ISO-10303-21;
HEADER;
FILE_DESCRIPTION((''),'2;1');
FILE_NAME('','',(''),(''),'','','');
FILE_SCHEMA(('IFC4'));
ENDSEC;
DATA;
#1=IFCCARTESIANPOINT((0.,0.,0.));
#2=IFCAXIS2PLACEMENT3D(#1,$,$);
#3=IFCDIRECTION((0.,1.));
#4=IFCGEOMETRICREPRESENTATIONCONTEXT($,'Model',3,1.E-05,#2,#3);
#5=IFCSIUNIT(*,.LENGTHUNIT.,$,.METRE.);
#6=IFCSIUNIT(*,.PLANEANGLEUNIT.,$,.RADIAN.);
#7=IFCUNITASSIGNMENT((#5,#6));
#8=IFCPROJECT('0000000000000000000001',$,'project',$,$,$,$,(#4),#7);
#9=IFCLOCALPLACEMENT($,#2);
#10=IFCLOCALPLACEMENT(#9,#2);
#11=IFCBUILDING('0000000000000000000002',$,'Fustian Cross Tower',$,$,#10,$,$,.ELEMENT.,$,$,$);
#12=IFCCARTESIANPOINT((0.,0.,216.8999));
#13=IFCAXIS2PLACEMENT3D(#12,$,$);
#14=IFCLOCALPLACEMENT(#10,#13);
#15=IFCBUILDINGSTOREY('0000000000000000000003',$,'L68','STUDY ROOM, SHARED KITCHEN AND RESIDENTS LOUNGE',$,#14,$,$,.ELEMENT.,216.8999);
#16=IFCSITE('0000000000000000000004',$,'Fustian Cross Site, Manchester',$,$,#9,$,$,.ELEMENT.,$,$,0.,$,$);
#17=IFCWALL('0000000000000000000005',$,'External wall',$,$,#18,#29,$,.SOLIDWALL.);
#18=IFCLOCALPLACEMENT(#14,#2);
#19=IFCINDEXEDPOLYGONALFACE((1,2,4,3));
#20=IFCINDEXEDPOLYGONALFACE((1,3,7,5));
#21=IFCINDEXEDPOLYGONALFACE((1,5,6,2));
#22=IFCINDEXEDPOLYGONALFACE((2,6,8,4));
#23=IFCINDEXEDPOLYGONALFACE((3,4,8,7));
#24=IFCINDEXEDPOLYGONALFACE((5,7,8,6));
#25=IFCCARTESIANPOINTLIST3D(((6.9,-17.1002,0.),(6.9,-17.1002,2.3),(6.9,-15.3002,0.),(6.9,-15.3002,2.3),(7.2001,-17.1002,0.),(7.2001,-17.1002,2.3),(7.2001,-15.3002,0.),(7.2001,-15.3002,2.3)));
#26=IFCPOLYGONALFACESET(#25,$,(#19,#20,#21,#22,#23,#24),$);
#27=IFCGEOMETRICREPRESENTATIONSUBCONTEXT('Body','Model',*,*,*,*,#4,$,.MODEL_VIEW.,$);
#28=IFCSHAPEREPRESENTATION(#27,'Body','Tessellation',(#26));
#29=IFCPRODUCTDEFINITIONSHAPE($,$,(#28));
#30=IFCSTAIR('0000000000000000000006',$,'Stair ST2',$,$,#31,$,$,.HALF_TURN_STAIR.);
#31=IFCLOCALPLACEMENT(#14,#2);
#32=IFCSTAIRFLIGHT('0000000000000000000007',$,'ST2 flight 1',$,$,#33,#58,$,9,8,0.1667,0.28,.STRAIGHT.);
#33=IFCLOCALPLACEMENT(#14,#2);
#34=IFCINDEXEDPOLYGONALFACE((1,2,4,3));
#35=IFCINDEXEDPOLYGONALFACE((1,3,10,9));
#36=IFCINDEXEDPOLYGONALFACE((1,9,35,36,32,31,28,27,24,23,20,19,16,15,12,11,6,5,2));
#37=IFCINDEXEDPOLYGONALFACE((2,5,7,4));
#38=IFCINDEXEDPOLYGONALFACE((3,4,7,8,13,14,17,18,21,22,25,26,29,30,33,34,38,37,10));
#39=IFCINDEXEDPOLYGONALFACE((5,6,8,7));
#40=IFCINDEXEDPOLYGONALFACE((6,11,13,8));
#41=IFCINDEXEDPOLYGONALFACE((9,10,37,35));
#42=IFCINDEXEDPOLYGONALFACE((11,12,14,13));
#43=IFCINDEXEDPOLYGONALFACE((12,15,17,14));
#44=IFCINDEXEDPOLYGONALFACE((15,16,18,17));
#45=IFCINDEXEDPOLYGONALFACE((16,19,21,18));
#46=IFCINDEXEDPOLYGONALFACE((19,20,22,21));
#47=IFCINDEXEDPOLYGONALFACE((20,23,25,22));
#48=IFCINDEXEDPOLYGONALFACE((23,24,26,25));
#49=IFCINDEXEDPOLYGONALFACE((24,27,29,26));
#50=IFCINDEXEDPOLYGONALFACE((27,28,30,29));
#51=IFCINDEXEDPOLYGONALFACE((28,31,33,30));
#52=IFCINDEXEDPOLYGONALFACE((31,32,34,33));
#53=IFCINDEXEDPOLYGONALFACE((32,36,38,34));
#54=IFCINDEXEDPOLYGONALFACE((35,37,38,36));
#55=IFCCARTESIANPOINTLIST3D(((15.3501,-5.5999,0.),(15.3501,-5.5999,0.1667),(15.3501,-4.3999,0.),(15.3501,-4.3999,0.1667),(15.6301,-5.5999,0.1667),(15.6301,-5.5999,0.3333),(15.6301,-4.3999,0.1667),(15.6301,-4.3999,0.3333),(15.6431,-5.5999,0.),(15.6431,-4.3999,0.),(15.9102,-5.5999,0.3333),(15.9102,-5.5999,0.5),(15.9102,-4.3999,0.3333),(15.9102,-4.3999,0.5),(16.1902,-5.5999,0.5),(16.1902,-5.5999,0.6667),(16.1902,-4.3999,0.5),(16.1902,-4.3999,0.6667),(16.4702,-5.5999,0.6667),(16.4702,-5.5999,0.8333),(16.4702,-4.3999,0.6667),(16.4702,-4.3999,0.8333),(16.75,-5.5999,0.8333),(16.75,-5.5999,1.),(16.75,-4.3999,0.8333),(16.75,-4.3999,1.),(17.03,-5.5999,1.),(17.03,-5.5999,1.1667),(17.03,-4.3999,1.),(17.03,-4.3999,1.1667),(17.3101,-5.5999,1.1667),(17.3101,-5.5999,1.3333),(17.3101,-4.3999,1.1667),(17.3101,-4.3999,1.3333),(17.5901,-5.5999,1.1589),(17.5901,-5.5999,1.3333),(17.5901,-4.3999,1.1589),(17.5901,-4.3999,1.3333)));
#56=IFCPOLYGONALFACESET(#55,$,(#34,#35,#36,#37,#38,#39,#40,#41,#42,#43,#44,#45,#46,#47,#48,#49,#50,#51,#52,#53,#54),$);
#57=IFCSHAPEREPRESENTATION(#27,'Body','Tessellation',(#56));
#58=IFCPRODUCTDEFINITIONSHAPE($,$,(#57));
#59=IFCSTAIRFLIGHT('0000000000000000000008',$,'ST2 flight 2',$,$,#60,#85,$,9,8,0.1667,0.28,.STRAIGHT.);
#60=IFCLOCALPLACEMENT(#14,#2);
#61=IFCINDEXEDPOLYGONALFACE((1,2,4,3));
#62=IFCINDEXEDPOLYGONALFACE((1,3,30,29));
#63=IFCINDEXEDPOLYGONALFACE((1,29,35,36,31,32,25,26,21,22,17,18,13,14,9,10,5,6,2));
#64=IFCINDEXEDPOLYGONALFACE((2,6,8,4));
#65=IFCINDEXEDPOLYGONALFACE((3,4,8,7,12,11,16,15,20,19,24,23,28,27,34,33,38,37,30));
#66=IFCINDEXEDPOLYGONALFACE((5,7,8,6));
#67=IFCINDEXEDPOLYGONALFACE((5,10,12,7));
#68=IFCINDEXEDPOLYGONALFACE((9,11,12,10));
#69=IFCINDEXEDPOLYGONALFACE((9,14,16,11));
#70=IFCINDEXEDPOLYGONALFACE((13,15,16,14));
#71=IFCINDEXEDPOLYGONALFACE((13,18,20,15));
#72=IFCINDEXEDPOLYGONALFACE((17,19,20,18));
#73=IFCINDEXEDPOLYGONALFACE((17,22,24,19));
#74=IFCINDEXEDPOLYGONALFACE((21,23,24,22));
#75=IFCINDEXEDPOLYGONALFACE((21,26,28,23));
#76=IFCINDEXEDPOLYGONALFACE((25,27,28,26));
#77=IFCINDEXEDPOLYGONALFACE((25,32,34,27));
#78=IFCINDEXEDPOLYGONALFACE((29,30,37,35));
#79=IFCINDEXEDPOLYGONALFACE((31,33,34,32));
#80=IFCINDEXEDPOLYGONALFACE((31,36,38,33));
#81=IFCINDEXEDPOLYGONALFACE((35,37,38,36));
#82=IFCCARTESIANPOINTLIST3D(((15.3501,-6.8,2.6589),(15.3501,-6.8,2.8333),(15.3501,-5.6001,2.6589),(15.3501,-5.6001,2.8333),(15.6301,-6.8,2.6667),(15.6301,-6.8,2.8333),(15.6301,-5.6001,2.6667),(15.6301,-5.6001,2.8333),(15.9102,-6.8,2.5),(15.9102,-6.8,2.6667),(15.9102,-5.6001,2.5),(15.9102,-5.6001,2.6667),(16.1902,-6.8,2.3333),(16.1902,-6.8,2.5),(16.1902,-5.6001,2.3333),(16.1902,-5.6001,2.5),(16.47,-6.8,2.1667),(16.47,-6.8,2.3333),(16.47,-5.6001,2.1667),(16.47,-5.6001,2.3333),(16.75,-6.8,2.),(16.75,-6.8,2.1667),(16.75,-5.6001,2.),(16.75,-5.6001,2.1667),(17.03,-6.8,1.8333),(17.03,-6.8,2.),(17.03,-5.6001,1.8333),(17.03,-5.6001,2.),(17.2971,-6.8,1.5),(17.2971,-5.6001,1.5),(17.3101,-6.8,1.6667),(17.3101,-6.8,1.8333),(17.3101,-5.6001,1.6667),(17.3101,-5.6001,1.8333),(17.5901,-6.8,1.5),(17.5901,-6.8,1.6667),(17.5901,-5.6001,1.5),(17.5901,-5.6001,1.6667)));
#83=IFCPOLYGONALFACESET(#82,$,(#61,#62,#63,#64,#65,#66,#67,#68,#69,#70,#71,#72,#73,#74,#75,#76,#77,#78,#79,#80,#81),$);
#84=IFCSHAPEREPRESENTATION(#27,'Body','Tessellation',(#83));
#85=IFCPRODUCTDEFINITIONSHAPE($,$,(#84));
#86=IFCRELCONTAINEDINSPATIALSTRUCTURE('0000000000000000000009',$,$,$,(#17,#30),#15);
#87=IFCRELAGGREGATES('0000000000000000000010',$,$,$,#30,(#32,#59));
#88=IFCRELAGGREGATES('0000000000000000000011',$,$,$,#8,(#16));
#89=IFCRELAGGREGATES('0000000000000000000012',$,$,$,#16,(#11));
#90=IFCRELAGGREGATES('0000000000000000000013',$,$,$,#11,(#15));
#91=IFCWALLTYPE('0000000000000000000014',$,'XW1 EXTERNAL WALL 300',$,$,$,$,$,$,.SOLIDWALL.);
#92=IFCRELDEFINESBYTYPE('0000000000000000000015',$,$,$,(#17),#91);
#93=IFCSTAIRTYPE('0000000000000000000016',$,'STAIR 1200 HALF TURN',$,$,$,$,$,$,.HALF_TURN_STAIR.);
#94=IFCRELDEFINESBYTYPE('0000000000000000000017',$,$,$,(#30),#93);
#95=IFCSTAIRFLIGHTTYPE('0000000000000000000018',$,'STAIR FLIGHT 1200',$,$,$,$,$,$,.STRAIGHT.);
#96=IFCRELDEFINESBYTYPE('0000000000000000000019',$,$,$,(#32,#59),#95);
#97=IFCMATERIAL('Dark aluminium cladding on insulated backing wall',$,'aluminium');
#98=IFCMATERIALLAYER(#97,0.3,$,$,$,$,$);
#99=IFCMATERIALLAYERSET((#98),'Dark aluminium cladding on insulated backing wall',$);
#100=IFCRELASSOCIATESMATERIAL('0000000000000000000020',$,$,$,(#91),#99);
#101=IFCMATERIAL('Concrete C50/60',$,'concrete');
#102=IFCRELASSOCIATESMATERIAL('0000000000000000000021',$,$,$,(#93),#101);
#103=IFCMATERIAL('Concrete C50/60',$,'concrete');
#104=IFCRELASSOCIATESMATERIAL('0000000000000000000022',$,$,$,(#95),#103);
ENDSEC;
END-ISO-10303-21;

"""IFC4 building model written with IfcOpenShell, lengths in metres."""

from ifc_helpers import new_model, si_unit, direction, frame, frame_2d, origin, place, context, subcontext, project, spatial, polyline, rectangle, outline, extrude, material, layer, layer_set, type_object, element, aggregate, save


model = new_model("IFC4")

# Units and contexts
model_context = context("Model", 3, precision=1e-05, world=origin(), true_north=direction((0.0, 1.0)))
body_context = subcontext(model_context, "Body", "Model", "MODEL_VIEW")
ifc_project = project(units=[si_unit("LENGTHUNIT", "METRE"), si_unit("PLANEANGLEUNIT", "RADIAN")], contexts=[model_context])

# Site, building, storey
site_placement = place(None, origin())
site = spatial("IfcSite", under=ifc_project, at=site_placement, Name="Fustian Cross Site, Manchester", CompositionType="ELEMENT", RefElevation=0.0)
building_placement = place(site_placement, origin())
building = spatial("IfcBuilding", under=site, at=building_placement, Name="Fustian Cross Tower", CompositionType="ELEMENT")
storey_placement = place(building_placement, frame((0.0, 0.0, 216.8999)))
storey = spatial("IfcBuildingStorey", under=building, at=storey_placement, Name="L68", Description="STUDY ROOM, SHARED KITCHEN AND RESIDENTS LOUNGE", CompositionType="ELEMENT", Elevation=216.8999)

# Wall
ifc_material_1 = material(Name="Dark aluminium cladding on insulated backing wall", Category="aluminium")
ifc_layer_1 = layer(ifc_material_1, 0.3)
ifc_layer_set_1 = layer_set([ifc_layer_1], Name="Dark aluminium cladding on insulated backing wall")
wall_type_1 = type_object("IfcWallType", Name="XW1 EXTERNAL WALL 300", PredefinedType="SOLIDWALL", material=ifc_layer_set_1)
wall_1_placement = place(storey_placement, frame((7.05, -17.1001, 0.0), z_axis=(0.0, 0.0, 1.0), x_axis=(0.0, 1.0, 0.0)))
element("IfcWall", 1, at=wall_1_placement, inside=storey, type_object=wall_type_1, Name="External wall", PredefinedType="SOLIDWALL", context=body_context, shape_type="SweptSolid", body=[
    extrude(rectangle(XDim=1.8, YDim=0.3, at=frame_2d((0.8999, 0.0))), origin(), (0.0, 0.0, 1.0), 2.3),
])

# Stair, stair flights
ifc_material_2 = material(Name="Concrete C50/60", Category="concrete")
stair_type = type_object("IfcStairType", Name="STAIR 1200 HALF TURN", PredefinedType="HALF_TURN_STAIR", material=ifc_material_2)
stair_placement = place(storey_placement, origin())
stair = element("IfcStair", 2, at=stair_placement, inside=storey, type_object=stair_type, Name="Stair ST2", PredefinedType="HALF_TURN_STAIR")
ifc_material_3 = material(Name="Concrete C50/60", Category="concrete")
stair_flight_type = type_object("IfcStairFlightType", Name="STAIR FLIGHT 1200", PredefinedType="STRAIGHT", material=ifc_material_3)
stair_flight_1_placement = place(storey_placement, frame((15.3501, -5.0, 0.0), z_axis=(0.0, 0.0, 1.0), x_axis=(1.0, 0.0, 0.0)))
stair_flight_1 = element("IfcStairFlight", 3, at=stair_flight_1_placement, type_object=stair_flight_type, Name="ST2 flight 1", NumberOfRisers=9, NumberOfTreads=8, PredefinedType="STRAIGHT", RiserHeight=0.1667, TreadLength=0.28, context=body_context, shape_type="SweptSolid", body=[
    extrude(outline(polyline([(0.0, 0.0), (0.0, 0.1667), (0.28, 0.1667), (0.28, 0.3333), (0.5601, 0.3333), (0.5601, 0.5), (0.8401, 0.5), (0.8401, 0.6667), (1.1201, 0.6667), (1.1201, 0.8333), (1.3999, 0.8333), (1.3999, 1.0), (1.6799, 1.0), (1.6799, 1.1667), (1.96, 1.1667), (1.96, 1.3333), (2.24, 1.3333), (2.24, 1.5), (2.24, 1.1589), (0.293, 0.0), (0.0, 0.0)])), frame((0.0, 0.6001, 0.0), z_axis=(0.0, -1.0, 0.0), x_axis=(1.0, 0.0, 0.0)), (0.0, 0.0, 1.0), 1.2),
])
stair_flight_2_placement = place(storey_placement, frame((17.5901, -6.2, 1.5), z_axis=(0.0, 0.0, 1.0), x_axis=(-1.0, 0.0, 0.0)))
stair_flight_2 = element("IfcStairFlight", 4, at=stair_flight_2_placement, type_object=stair_flight_type, Name="ST2 flight 2", NumberOfRisers=9, NumberOfTreads=8, PredefinedType="STRAIGHT", RiserHeight=0.1667, TreadLength=0.28, context=body_context, shape_type="SweptSolid", body=[
    extrude(outline(polyline([(0.0, 0.0), (0.0, 0.1667), (0.28, 0.1667), (0.28, 0.3333), (0.5601, 0.3333), (0.5601, 0.5), (0.8401, 0.5), (0.8401, 0.6667), (1.1201, 0.6667), (1.1201, 0.8333), (1.3999, 0.8333), (1.3999, 1.0), (1.6799, 1.0), (1.6799, 1.1667), (1.96, 1.1667), (1.96, 1.3333), (2.24, 1.3333), (2.24, 1.5), (2.24, 1.1589), (0.293, 0.0), (0.0, 0.0)])), frame((0.0, 0.6001, 0.0), z_axis=(0.0, -1.0, 0.0), x_axis=(1.0, 0.0, 0.0)), (0.0, 0.0, 1.0), 1.2),
])
aggregate(stair, [stair_flight_1, stair_flight_2])

save(model, "model.ifc")
